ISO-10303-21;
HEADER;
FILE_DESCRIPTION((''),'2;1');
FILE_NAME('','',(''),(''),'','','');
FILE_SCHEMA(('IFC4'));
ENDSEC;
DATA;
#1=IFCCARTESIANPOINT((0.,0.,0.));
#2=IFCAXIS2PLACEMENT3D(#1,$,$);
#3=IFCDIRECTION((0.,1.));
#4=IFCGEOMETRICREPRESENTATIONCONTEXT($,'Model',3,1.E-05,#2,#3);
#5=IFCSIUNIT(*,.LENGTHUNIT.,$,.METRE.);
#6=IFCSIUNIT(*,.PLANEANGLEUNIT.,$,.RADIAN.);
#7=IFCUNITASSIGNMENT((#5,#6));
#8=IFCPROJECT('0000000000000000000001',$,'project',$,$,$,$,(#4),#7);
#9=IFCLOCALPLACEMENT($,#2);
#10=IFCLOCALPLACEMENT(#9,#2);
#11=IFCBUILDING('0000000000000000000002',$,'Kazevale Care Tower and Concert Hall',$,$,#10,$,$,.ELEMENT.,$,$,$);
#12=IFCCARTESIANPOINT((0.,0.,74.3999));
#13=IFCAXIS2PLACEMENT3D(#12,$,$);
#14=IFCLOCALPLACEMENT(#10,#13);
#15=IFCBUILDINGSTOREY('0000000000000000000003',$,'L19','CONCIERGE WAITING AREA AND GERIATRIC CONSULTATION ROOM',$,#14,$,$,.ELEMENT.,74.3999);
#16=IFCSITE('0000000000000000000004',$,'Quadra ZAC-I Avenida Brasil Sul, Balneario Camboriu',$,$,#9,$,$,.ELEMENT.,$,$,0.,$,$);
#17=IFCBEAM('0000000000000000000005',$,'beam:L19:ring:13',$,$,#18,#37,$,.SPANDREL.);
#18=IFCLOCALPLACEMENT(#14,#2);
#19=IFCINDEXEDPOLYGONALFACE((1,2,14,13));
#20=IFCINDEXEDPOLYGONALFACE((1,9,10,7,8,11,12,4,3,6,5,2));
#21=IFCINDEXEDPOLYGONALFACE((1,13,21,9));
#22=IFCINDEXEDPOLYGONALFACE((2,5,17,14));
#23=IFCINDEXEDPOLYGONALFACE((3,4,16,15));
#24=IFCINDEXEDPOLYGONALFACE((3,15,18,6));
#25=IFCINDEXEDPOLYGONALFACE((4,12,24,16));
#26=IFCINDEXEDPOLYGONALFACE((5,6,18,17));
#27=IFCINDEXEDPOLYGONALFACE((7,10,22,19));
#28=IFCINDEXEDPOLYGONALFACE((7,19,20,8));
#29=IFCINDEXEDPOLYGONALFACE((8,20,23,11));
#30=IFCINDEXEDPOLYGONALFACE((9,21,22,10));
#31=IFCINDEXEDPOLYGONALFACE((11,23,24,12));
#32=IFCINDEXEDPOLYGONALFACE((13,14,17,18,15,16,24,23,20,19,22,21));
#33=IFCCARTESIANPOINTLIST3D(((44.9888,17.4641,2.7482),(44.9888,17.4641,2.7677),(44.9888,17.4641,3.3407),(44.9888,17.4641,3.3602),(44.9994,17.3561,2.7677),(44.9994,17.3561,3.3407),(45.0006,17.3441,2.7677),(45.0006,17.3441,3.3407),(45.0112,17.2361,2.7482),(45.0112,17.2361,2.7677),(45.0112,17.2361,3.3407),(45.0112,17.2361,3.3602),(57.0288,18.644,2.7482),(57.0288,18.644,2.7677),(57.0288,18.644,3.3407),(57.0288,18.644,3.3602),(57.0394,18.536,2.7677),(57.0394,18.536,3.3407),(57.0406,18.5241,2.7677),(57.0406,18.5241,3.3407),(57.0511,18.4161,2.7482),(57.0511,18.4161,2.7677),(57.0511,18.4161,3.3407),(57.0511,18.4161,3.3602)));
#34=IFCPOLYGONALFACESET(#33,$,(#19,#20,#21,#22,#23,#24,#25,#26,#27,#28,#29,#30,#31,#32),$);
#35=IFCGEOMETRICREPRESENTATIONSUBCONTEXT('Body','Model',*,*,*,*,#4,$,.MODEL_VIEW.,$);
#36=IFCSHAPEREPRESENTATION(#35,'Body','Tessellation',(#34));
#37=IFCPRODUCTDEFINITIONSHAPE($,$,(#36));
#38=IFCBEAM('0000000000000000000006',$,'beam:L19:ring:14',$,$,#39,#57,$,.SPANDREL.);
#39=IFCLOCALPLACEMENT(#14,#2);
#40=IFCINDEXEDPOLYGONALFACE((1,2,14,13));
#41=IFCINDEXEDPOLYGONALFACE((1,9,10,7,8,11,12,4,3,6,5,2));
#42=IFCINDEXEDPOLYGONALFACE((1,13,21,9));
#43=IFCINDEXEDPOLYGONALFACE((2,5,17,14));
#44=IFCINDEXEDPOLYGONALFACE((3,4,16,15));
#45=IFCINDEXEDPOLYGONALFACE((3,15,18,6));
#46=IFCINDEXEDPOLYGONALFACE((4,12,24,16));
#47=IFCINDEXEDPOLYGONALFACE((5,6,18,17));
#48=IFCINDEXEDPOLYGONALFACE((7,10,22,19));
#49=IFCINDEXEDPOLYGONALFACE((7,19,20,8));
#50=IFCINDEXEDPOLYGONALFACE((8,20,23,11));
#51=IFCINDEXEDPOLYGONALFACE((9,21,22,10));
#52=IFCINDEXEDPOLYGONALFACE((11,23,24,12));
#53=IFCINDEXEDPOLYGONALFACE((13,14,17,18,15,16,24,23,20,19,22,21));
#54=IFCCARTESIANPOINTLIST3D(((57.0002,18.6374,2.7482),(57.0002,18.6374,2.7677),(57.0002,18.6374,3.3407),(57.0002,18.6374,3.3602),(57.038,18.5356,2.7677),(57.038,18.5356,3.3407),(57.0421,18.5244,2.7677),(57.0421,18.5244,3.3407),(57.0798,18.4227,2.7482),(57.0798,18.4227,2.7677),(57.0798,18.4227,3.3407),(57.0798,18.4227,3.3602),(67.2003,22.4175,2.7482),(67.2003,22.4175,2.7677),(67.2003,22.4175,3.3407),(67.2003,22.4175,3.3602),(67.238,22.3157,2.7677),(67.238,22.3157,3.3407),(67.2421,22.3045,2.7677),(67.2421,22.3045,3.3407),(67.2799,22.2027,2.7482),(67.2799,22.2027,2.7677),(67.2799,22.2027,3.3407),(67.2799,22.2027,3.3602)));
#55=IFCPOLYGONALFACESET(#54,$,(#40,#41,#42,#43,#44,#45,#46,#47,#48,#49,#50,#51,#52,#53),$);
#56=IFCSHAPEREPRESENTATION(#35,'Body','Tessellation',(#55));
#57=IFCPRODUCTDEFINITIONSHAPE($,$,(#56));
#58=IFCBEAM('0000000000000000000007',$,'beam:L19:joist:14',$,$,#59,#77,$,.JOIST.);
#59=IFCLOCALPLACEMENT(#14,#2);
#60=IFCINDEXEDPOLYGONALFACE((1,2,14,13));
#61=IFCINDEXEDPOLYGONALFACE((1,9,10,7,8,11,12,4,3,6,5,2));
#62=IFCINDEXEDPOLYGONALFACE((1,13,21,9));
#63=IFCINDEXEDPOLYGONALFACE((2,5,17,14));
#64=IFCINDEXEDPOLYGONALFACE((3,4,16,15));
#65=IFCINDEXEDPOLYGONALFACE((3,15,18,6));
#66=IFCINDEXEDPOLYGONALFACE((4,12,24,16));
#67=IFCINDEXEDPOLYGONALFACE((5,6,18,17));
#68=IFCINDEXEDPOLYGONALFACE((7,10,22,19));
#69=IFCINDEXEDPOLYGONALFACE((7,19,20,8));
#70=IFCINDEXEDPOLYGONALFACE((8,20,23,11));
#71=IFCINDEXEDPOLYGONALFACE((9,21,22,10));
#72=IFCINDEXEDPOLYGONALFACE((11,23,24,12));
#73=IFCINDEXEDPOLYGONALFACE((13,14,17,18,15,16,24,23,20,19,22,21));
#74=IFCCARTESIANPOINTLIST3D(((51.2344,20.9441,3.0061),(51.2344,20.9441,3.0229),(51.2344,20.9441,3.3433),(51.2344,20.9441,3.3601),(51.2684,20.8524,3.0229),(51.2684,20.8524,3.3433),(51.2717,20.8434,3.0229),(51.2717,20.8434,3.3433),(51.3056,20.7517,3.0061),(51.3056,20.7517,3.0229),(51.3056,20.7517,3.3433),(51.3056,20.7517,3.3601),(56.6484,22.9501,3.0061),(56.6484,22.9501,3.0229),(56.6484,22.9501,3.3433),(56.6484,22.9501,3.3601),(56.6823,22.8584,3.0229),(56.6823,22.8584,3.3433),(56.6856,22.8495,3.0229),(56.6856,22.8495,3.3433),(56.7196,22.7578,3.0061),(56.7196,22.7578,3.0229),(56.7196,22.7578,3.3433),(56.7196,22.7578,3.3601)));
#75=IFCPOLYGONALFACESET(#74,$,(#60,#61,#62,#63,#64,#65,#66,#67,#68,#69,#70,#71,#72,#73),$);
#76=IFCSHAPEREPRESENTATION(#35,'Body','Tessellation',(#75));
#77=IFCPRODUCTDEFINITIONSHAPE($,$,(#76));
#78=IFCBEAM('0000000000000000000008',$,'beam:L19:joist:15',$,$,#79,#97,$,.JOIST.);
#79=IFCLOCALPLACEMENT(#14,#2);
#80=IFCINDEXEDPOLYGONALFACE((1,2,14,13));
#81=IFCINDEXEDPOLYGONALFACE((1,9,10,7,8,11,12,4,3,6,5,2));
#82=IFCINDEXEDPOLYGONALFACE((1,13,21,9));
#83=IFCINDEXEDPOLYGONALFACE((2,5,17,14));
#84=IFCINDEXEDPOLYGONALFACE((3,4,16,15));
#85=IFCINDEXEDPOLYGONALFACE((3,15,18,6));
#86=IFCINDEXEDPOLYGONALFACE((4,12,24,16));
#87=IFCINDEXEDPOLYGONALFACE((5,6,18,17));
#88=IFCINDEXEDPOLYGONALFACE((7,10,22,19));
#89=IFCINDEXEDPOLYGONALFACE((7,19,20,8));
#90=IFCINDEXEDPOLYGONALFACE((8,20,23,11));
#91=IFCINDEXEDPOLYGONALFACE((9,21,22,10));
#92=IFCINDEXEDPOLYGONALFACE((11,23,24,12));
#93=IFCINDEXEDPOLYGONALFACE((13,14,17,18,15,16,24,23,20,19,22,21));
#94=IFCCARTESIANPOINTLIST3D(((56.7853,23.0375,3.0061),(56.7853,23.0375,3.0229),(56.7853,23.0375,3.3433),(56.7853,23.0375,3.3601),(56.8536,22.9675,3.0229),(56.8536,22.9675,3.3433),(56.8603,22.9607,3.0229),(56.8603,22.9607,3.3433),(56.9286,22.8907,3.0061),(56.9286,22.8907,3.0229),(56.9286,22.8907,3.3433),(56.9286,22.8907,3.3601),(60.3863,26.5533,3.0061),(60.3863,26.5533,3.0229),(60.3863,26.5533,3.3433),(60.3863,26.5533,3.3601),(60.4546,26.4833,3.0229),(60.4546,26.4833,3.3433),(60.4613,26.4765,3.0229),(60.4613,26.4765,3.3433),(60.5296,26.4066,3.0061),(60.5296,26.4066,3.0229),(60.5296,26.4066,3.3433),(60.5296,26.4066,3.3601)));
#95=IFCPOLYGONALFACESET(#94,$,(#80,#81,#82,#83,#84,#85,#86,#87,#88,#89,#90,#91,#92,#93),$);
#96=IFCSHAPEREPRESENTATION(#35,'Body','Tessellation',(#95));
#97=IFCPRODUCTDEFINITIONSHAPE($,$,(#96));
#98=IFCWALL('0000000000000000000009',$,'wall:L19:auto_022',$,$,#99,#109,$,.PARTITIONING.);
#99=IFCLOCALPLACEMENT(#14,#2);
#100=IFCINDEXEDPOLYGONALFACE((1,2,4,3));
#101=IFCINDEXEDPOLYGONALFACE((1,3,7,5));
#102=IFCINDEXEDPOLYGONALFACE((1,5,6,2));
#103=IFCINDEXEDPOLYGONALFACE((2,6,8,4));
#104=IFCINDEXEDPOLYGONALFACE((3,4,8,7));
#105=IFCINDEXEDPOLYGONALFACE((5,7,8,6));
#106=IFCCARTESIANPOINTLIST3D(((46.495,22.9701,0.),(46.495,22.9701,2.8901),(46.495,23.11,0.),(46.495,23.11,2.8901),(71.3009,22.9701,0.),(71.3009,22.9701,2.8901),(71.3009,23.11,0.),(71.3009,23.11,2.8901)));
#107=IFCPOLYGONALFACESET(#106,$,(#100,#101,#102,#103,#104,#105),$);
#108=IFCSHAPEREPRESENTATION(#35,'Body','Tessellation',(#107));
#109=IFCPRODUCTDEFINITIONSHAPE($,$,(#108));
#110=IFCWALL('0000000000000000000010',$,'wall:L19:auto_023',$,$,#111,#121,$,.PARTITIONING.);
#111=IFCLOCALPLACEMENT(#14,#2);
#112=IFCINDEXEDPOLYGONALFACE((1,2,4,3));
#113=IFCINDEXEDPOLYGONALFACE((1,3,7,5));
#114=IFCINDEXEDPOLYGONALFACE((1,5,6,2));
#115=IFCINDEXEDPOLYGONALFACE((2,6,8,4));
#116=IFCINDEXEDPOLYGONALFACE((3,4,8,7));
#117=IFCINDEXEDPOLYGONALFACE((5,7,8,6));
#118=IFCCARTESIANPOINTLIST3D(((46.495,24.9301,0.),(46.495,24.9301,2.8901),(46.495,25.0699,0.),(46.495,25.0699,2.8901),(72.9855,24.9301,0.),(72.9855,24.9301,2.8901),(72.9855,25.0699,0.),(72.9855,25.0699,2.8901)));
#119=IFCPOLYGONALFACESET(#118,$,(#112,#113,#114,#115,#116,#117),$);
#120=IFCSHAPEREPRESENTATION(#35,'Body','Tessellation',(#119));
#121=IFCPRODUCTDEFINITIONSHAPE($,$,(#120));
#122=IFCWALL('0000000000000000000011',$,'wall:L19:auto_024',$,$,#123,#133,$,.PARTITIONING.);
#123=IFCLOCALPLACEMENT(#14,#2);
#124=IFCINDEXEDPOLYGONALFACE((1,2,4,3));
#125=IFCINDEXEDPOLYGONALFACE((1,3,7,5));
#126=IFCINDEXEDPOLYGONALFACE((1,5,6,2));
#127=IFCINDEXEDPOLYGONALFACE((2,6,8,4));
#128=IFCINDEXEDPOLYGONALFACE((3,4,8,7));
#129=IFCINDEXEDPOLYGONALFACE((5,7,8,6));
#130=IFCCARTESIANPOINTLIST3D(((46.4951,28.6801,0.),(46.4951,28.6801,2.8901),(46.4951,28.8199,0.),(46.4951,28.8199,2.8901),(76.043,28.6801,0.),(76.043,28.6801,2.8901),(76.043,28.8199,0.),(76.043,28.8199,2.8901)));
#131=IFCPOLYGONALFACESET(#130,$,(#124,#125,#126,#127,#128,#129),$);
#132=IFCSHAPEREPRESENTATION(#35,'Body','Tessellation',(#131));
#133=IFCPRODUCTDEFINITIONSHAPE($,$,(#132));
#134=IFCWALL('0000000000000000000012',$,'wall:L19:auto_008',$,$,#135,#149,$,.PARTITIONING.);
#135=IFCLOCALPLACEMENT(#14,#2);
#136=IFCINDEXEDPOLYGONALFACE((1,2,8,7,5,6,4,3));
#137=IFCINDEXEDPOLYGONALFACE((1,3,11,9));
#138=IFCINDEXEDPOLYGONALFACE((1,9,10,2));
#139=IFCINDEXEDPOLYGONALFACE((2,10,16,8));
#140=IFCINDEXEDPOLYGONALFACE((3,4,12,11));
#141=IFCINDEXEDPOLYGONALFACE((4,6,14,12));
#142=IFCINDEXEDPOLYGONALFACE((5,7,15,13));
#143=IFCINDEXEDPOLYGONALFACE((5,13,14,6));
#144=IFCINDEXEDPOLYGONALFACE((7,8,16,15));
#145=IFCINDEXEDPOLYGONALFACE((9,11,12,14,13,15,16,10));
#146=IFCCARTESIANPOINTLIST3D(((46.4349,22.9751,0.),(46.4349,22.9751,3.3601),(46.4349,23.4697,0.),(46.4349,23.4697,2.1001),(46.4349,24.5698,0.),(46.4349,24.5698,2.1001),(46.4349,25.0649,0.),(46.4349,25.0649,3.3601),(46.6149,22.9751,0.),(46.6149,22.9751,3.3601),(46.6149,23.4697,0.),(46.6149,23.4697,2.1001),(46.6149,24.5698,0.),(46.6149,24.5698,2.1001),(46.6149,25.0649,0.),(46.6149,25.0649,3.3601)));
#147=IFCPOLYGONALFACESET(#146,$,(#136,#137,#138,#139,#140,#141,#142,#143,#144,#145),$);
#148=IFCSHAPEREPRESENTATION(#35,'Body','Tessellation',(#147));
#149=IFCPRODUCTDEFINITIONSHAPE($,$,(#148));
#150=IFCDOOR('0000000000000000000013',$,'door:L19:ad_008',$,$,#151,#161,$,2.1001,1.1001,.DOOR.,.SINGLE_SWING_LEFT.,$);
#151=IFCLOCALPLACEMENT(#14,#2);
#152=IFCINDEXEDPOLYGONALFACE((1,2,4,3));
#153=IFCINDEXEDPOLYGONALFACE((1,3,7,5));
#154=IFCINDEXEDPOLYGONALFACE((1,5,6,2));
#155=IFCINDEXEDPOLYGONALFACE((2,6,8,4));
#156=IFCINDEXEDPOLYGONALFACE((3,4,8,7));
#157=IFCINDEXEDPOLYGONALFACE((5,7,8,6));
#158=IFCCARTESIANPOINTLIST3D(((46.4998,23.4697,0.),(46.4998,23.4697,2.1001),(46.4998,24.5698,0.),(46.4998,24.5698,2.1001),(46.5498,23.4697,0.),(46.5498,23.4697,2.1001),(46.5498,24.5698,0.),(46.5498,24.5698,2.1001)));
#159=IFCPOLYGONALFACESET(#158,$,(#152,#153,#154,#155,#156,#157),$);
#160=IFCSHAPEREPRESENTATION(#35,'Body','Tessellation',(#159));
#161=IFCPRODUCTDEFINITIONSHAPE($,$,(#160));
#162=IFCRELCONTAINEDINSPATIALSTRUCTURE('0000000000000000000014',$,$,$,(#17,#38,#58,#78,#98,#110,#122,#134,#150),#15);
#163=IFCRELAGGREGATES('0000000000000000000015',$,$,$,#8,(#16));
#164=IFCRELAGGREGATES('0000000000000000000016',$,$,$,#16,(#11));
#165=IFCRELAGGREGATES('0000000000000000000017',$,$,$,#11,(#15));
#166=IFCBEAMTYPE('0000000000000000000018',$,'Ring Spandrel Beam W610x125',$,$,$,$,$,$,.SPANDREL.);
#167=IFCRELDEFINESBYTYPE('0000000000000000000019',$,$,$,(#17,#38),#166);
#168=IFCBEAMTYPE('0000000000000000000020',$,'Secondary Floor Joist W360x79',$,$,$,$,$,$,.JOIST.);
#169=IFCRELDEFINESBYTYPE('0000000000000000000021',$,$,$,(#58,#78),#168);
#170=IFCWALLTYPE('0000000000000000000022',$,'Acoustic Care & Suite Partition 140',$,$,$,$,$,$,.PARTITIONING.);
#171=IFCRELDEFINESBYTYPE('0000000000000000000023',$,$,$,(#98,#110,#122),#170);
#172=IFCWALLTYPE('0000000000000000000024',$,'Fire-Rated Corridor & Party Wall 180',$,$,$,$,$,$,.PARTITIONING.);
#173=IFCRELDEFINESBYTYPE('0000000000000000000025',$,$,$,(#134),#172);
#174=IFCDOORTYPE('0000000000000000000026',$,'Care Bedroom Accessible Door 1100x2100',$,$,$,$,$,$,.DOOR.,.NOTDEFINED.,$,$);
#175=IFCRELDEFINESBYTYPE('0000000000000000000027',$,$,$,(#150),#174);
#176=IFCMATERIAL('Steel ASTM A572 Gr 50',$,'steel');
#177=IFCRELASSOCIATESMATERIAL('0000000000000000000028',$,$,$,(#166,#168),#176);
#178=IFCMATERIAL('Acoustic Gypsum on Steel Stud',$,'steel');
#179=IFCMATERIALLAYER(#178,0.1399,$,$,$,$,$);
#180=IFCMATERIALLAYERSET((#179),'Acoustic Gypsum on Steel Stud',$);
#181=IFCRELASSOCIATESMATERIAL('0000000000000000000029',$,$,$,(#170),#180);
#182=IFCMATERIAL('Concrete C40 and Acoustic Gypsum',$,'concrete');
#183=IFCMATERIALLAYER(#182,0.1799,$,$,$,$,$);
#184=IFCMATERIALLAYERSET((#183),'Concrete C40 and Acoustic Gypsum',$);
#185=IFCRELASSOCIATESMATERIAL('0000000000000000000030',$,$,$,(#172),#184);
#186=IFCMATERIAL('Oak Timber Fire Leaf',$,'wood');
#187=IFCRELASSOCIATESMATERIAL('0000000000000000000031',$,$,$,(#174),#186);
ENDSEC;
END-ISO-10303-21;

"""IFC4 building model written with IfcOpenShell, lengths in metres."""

from ifc_helpers import new_model, si_unit, direction, frame, frame_2d, origin, origin_2d, place, context, subcontext, project, spatial, rectangle, i_section, extrude, material, layer, layer_set, material_profile, profile_set, type_object, element, fill, save


model = new_model("IFC4")

# Units and contexts
model_context = context("Model", 3, precision=1e-05, world=origin(), true_north=direction((0.0, 1.0)))
body_context = subcontext(model_context, "Body", "Model", "MODEL_VIEW")
ifc_project = project(units=[si_unit("LENGTHUNIT", "METRE"), si_unit("PLANEANGLEUNIT", "RADIAN")], contexts=[model_context])

# Site, building, storey
site_placement = place(None, origin())
site = spatial("IfcSite", under=ifc_project, at=site_placement, Name="Quadra ZAC-I Avenida Brasil Sul, Balneario Camboriu", CompositionType="ELEMENT", RefElevation=0.0)
building_placement = place(site_placement, origin())
building = spatial("IfcBuilding", under=site, at=building_placement, Name="Kazevale Care Tower and Concert Hall", CompositionType="ELEMENT")
storey_placement = place(building_placement, frame((0.0, 0.0, 74.3999)))
storey = spatial("IfcBuildingStorey", under=building, at=storey_placement, Name="L19", Description="CONCIERGE WAITING AREA AND GERIATRIC CONSULTATION ROOM", CompositionType="ELEMENT", Elevation=74.3999)

# Beams
ifc_material_1 = material(Name="Steel ASTM A572 Gr 50", Category="steel")
ifc_material_profile_1 = material_profile(ifc_material_1, i_section(OverallWidth=0.229, OverallDepth=0.6121, WebThickness=0.012, FlangeThickness=0.0195, at=origin_2d()), Name="W610x125")
ifc_profile_set_1 = profile_set([ifc_material_profile_1], Name="Steel ASTM A572 Gr 50")
beam_type_1 = type_object("IfcBeamType", Name="Ring Spandrel Beam W610x125", PredefinedType="SPANDREL", material=ifc_profile_set_1)
beam_1_placement = place(storey_placement, frame((45.0, 17.3501, 3.0542), z_axis=(0.995232, 0.097533, 0.0), x_axis=(-0.097533, 0.995232, 0.0)))
element("IfcBeam", 1, at=beam_1_placement, inside=storey, type_object=beam_type_1, Name="beam:L19:ring:13", PredefinedType="SPANDREL", context=body_context, shape_type="SweptSolid", body=[
    extrude(i_section(OverallWidth=0.229, OverallDepth=0.6121, WebThickness=0.012, FlangeThickness=0.0195, at=origin_2d()), origin(), (0.0, 0.0, 1.0), 12.0977),
])
beam_2_placement = place(storey_placement, frame((57.04, 18.53, 3.0542), z_axis=(0.937681, 0.347498, 0.0), x_axis=(-0.347498, 0.937681, 0.0)))
element("IfcBeam", 2, at=beam_2_placement, inside=storey, type_object=beam_type_1, Name="beam:L19:ring:14", PredefinedType="SPANDREL", context=body_context, shape_type="SweptSolid", body=[
    extrude(i_section(OverallWidth=0.229, OverallDepth=0.6121, WebThickness=0.012, FlangeThickness=0.0195, at=origin_2d()), origin(), (0.0, 0.0, 1.0), 10.8779),
])
ifc_material_profile_2 = material_profile(ifc_material_1, i_section(OverallWidth=0.2051, OverallDepth=0.354, WebThickness=0.0095, FlangeThickness=0.0168, at=origin_2d()), Name="W360x79")
ifc_profile_set_2 = profile_set([ifc_material_profile_2], Name="Steel ASTM A572 Gr 50")
beam_type_2 = type_object("IfcBeamType", Name="Secondary Floor Joist W360x79", PredefinedType="JOIST", material=ifc_profile_set_2)
beam_3_placement = place(storey_placement, frame((51.27, 20.8479, 3.1831), z_axis=(0.937698, 0.347451, 0.0), x_axis=(-0.347451, 0.937698, 0.0)))
element("IfcBeam", 3, at=beam_3_placement, inside=storey, type_object=beam_type_2, Name="beam:L19:joist:14", PredefinedType="JOIST", context=body_context, shape_type="SweptSolid", body=[
    extrude(i_section(OverallWidth=0.2051, OverallDepth=0.354, WebThickness=0.0095, FlangeThickness=0.0168, at=origin_2d()), origin(), (0.0, 0.0, 1.0), 5.7737),
])
beam_4_placement = place(storey_placement, frame((56.8569, 22.9641, 3.1831), z_axis=(0.715521, 0.698591, 0.0), x_axis=(-0.698591, 0.715521, 0.0)))
element("IfcBeam", 4, at=beam_4_placement, inside=storey, type_object=beam_type_2, Name="beam:L19:joist:15", PredefinedType="JOIST", context=body_context, shape_type="SweptSolid", body=[
    extrude(i_section(OverallWidth=0.2051, OverallDepth=0.354, WebThickness=0.0095, FlangeThickness=0.0168, at=origin_2d()), origin(), (0.0, 0.0, 1.0), 5.0327),
])

# Walls
ifc_material_2 = material(Name="Acoustic Gypsum on Steel Stud", Category="steel")
ifc_layer_1 = layer(ifc_material_2, 0.1399)
ifc_layer_set_1 = layer_set([ifc_layer_1], Name="Acoustic Gypsum on Steel Stud")
wall_type_1 = type_object("IfcWallType", Name="Acoustic Care & Suite Partition 140", PredefinedType="PARTITIONING", material=ifc_layer_set_1)
wall_1_placement = place(storey_placement, frame((46.4951, 23.04, 0.0), z_axis=(0.0, 0.0, 1.0), x_axis=(1.0, 0.0, 0.0)))
element("IfcWall", 5, at=wall_1_placement, inside=storey, type_object=wall_type_1, Name="wall:L19:auto_022", PredefinedType="PARTITIONING", context=body_context, shape_type="SweptSolid", body=[
    extrude(rectangle(XDim=24.8059, YDim=0.1399, at=frame_2d((12.4028, 0.0))), origin(), (0.0, 0.0, 1.0), 2.8901),
])
wall_2_placement = place(storey_placement, frame((46.4951, 25.0, 0.0), z_axis=(0.0, 0.0, 1.0), x_axis=(1.0, 0.0, 0.0)))
element("IfcWall", 6, at=wall_2_placement, inside=storey, type_object=wall_type_1, Name="wall:L19:auto_023", PredefinedType="PARTITIONING", context=body_context, shape_type="SweptSolid", body=[
    extrude(rectangle(XDim=26.4905, YDim=0.1399, at=frame_2d((13.2451, 0.0))), origin(), (0.0, 0.0, 1.0), 2.8901),
])
wall_3_placement = place(storey_placement, frame((46.4951, 28.75, 0.0), z_axis=(0.0, 0.0, 1.0), x_axis=(1.0, 0.0, 0.0)))
element("IfcWall", 7, at=wall_3_placement, inside=storey, type_object=wall_type_1, Name="wall:L19:auto_024", PredefinedType="PARTITIONING", context=body_context, shape_type="SweptSolid", body=[
    extrude(rectangle(XDim=29.5479, YDim=0.1399, at=frame_2d((14.7739, 0.0))), origin(), (0.0, 0.0, 1.0), 2.8901),
])

# Wall, opening, door
ifc_material_3 = material(Name="Concrete C40 and Acoustic Gypsum", Category="concrete")
ifc_layer_2 = layer(ifc_material_3, 0.1799)
ifc_layer_set_2 = layer_set([ifc_layer_2], Name="Concrete C40 and Acoustic Gypsum")
wall_type_2 = type_object("IfcWallType", Name="Fire-Rated Corridor & Party Wall 180", PredefinedType="PARTITIONING", material=ifc_layer_set_2)
ifc_material_4 = material(Name="Oak Timber Fire Leaf", Category="wood")
wall_4_placement = place(storey_placement, frame((46.5249, 25.0649, 0.0), z_axis=(0.0, 0.0, 1.0), x_axis=(0.0, -1.0, 0.0)))
wall_4 = element("IfcWall", 8, at=wall_4_placement, inside=storey, type_object=wall_type_2, Name="wall:L19:auto_008", PredefinedType="PARTITIONING", context=body_context, shape_type="SweptSolid", body=[
    extrude(rectangle(XDim=2.0898, YDim=0.1799, at=frame_2d((1.0449, 0.0))), origin(), (0.0, 0.0, 1.0), 3.3601),
])
opening_1_placement = place(wall_4_placement, frame((0.4951, 0.0, 0.0)))
opening_1 = element("IfcOpeningElement", 9, at=opening_1_placement, cuts=wall_4, PredefinedType="OPENING", context=body_context, shape_type="SweptSolid", body=[
    extrude(rectangle(XDim=1.1001, YDim=2.1001, at=frame_2d((0.55, 1.05))), frame((0.0, 0.0999, 0.0), z_axis=(0.0, -1.0, 0.0), x_axis=(1.0, 0.0, 0.0)), (0.0, 0.0, 1.0), 0.2),
])
door_type_1 = type_object("IfcDoorType", Name="Care Bedroom Accessible Door 1100x2100", OperationType="NOTDEFINED", PredefinedType="DOOR", material=ifc_material_4)
door_1_placement = place(opening_1_placement, origin())
door_1 = element("IfcDoor", 10, at=door_1_placement, inside=storey, type_object=door_type_1, Name="door:L19:ad_008", OperationType="SINGLE_SWING_LEFT", OverallHeight=2.1001, OverallWidth=1.1001, PredefinedType="DOOR", context=body_context, shape_type="SweptSolid", body=[
    extrude(rectangle(XDim=1.1001, YDim=2.1001, at=frame_2d((0.55, 1.05))), frame((0.0, 0.0249, 0.0), z_axis=(0.0, -1.0, 0.0), x_axis=(1.0, 0.0, 0.0)), (0.0, 0.0, 1.0), 0.05),
])
fill(opening_1, door_1)

save(model, "model.ifc")
